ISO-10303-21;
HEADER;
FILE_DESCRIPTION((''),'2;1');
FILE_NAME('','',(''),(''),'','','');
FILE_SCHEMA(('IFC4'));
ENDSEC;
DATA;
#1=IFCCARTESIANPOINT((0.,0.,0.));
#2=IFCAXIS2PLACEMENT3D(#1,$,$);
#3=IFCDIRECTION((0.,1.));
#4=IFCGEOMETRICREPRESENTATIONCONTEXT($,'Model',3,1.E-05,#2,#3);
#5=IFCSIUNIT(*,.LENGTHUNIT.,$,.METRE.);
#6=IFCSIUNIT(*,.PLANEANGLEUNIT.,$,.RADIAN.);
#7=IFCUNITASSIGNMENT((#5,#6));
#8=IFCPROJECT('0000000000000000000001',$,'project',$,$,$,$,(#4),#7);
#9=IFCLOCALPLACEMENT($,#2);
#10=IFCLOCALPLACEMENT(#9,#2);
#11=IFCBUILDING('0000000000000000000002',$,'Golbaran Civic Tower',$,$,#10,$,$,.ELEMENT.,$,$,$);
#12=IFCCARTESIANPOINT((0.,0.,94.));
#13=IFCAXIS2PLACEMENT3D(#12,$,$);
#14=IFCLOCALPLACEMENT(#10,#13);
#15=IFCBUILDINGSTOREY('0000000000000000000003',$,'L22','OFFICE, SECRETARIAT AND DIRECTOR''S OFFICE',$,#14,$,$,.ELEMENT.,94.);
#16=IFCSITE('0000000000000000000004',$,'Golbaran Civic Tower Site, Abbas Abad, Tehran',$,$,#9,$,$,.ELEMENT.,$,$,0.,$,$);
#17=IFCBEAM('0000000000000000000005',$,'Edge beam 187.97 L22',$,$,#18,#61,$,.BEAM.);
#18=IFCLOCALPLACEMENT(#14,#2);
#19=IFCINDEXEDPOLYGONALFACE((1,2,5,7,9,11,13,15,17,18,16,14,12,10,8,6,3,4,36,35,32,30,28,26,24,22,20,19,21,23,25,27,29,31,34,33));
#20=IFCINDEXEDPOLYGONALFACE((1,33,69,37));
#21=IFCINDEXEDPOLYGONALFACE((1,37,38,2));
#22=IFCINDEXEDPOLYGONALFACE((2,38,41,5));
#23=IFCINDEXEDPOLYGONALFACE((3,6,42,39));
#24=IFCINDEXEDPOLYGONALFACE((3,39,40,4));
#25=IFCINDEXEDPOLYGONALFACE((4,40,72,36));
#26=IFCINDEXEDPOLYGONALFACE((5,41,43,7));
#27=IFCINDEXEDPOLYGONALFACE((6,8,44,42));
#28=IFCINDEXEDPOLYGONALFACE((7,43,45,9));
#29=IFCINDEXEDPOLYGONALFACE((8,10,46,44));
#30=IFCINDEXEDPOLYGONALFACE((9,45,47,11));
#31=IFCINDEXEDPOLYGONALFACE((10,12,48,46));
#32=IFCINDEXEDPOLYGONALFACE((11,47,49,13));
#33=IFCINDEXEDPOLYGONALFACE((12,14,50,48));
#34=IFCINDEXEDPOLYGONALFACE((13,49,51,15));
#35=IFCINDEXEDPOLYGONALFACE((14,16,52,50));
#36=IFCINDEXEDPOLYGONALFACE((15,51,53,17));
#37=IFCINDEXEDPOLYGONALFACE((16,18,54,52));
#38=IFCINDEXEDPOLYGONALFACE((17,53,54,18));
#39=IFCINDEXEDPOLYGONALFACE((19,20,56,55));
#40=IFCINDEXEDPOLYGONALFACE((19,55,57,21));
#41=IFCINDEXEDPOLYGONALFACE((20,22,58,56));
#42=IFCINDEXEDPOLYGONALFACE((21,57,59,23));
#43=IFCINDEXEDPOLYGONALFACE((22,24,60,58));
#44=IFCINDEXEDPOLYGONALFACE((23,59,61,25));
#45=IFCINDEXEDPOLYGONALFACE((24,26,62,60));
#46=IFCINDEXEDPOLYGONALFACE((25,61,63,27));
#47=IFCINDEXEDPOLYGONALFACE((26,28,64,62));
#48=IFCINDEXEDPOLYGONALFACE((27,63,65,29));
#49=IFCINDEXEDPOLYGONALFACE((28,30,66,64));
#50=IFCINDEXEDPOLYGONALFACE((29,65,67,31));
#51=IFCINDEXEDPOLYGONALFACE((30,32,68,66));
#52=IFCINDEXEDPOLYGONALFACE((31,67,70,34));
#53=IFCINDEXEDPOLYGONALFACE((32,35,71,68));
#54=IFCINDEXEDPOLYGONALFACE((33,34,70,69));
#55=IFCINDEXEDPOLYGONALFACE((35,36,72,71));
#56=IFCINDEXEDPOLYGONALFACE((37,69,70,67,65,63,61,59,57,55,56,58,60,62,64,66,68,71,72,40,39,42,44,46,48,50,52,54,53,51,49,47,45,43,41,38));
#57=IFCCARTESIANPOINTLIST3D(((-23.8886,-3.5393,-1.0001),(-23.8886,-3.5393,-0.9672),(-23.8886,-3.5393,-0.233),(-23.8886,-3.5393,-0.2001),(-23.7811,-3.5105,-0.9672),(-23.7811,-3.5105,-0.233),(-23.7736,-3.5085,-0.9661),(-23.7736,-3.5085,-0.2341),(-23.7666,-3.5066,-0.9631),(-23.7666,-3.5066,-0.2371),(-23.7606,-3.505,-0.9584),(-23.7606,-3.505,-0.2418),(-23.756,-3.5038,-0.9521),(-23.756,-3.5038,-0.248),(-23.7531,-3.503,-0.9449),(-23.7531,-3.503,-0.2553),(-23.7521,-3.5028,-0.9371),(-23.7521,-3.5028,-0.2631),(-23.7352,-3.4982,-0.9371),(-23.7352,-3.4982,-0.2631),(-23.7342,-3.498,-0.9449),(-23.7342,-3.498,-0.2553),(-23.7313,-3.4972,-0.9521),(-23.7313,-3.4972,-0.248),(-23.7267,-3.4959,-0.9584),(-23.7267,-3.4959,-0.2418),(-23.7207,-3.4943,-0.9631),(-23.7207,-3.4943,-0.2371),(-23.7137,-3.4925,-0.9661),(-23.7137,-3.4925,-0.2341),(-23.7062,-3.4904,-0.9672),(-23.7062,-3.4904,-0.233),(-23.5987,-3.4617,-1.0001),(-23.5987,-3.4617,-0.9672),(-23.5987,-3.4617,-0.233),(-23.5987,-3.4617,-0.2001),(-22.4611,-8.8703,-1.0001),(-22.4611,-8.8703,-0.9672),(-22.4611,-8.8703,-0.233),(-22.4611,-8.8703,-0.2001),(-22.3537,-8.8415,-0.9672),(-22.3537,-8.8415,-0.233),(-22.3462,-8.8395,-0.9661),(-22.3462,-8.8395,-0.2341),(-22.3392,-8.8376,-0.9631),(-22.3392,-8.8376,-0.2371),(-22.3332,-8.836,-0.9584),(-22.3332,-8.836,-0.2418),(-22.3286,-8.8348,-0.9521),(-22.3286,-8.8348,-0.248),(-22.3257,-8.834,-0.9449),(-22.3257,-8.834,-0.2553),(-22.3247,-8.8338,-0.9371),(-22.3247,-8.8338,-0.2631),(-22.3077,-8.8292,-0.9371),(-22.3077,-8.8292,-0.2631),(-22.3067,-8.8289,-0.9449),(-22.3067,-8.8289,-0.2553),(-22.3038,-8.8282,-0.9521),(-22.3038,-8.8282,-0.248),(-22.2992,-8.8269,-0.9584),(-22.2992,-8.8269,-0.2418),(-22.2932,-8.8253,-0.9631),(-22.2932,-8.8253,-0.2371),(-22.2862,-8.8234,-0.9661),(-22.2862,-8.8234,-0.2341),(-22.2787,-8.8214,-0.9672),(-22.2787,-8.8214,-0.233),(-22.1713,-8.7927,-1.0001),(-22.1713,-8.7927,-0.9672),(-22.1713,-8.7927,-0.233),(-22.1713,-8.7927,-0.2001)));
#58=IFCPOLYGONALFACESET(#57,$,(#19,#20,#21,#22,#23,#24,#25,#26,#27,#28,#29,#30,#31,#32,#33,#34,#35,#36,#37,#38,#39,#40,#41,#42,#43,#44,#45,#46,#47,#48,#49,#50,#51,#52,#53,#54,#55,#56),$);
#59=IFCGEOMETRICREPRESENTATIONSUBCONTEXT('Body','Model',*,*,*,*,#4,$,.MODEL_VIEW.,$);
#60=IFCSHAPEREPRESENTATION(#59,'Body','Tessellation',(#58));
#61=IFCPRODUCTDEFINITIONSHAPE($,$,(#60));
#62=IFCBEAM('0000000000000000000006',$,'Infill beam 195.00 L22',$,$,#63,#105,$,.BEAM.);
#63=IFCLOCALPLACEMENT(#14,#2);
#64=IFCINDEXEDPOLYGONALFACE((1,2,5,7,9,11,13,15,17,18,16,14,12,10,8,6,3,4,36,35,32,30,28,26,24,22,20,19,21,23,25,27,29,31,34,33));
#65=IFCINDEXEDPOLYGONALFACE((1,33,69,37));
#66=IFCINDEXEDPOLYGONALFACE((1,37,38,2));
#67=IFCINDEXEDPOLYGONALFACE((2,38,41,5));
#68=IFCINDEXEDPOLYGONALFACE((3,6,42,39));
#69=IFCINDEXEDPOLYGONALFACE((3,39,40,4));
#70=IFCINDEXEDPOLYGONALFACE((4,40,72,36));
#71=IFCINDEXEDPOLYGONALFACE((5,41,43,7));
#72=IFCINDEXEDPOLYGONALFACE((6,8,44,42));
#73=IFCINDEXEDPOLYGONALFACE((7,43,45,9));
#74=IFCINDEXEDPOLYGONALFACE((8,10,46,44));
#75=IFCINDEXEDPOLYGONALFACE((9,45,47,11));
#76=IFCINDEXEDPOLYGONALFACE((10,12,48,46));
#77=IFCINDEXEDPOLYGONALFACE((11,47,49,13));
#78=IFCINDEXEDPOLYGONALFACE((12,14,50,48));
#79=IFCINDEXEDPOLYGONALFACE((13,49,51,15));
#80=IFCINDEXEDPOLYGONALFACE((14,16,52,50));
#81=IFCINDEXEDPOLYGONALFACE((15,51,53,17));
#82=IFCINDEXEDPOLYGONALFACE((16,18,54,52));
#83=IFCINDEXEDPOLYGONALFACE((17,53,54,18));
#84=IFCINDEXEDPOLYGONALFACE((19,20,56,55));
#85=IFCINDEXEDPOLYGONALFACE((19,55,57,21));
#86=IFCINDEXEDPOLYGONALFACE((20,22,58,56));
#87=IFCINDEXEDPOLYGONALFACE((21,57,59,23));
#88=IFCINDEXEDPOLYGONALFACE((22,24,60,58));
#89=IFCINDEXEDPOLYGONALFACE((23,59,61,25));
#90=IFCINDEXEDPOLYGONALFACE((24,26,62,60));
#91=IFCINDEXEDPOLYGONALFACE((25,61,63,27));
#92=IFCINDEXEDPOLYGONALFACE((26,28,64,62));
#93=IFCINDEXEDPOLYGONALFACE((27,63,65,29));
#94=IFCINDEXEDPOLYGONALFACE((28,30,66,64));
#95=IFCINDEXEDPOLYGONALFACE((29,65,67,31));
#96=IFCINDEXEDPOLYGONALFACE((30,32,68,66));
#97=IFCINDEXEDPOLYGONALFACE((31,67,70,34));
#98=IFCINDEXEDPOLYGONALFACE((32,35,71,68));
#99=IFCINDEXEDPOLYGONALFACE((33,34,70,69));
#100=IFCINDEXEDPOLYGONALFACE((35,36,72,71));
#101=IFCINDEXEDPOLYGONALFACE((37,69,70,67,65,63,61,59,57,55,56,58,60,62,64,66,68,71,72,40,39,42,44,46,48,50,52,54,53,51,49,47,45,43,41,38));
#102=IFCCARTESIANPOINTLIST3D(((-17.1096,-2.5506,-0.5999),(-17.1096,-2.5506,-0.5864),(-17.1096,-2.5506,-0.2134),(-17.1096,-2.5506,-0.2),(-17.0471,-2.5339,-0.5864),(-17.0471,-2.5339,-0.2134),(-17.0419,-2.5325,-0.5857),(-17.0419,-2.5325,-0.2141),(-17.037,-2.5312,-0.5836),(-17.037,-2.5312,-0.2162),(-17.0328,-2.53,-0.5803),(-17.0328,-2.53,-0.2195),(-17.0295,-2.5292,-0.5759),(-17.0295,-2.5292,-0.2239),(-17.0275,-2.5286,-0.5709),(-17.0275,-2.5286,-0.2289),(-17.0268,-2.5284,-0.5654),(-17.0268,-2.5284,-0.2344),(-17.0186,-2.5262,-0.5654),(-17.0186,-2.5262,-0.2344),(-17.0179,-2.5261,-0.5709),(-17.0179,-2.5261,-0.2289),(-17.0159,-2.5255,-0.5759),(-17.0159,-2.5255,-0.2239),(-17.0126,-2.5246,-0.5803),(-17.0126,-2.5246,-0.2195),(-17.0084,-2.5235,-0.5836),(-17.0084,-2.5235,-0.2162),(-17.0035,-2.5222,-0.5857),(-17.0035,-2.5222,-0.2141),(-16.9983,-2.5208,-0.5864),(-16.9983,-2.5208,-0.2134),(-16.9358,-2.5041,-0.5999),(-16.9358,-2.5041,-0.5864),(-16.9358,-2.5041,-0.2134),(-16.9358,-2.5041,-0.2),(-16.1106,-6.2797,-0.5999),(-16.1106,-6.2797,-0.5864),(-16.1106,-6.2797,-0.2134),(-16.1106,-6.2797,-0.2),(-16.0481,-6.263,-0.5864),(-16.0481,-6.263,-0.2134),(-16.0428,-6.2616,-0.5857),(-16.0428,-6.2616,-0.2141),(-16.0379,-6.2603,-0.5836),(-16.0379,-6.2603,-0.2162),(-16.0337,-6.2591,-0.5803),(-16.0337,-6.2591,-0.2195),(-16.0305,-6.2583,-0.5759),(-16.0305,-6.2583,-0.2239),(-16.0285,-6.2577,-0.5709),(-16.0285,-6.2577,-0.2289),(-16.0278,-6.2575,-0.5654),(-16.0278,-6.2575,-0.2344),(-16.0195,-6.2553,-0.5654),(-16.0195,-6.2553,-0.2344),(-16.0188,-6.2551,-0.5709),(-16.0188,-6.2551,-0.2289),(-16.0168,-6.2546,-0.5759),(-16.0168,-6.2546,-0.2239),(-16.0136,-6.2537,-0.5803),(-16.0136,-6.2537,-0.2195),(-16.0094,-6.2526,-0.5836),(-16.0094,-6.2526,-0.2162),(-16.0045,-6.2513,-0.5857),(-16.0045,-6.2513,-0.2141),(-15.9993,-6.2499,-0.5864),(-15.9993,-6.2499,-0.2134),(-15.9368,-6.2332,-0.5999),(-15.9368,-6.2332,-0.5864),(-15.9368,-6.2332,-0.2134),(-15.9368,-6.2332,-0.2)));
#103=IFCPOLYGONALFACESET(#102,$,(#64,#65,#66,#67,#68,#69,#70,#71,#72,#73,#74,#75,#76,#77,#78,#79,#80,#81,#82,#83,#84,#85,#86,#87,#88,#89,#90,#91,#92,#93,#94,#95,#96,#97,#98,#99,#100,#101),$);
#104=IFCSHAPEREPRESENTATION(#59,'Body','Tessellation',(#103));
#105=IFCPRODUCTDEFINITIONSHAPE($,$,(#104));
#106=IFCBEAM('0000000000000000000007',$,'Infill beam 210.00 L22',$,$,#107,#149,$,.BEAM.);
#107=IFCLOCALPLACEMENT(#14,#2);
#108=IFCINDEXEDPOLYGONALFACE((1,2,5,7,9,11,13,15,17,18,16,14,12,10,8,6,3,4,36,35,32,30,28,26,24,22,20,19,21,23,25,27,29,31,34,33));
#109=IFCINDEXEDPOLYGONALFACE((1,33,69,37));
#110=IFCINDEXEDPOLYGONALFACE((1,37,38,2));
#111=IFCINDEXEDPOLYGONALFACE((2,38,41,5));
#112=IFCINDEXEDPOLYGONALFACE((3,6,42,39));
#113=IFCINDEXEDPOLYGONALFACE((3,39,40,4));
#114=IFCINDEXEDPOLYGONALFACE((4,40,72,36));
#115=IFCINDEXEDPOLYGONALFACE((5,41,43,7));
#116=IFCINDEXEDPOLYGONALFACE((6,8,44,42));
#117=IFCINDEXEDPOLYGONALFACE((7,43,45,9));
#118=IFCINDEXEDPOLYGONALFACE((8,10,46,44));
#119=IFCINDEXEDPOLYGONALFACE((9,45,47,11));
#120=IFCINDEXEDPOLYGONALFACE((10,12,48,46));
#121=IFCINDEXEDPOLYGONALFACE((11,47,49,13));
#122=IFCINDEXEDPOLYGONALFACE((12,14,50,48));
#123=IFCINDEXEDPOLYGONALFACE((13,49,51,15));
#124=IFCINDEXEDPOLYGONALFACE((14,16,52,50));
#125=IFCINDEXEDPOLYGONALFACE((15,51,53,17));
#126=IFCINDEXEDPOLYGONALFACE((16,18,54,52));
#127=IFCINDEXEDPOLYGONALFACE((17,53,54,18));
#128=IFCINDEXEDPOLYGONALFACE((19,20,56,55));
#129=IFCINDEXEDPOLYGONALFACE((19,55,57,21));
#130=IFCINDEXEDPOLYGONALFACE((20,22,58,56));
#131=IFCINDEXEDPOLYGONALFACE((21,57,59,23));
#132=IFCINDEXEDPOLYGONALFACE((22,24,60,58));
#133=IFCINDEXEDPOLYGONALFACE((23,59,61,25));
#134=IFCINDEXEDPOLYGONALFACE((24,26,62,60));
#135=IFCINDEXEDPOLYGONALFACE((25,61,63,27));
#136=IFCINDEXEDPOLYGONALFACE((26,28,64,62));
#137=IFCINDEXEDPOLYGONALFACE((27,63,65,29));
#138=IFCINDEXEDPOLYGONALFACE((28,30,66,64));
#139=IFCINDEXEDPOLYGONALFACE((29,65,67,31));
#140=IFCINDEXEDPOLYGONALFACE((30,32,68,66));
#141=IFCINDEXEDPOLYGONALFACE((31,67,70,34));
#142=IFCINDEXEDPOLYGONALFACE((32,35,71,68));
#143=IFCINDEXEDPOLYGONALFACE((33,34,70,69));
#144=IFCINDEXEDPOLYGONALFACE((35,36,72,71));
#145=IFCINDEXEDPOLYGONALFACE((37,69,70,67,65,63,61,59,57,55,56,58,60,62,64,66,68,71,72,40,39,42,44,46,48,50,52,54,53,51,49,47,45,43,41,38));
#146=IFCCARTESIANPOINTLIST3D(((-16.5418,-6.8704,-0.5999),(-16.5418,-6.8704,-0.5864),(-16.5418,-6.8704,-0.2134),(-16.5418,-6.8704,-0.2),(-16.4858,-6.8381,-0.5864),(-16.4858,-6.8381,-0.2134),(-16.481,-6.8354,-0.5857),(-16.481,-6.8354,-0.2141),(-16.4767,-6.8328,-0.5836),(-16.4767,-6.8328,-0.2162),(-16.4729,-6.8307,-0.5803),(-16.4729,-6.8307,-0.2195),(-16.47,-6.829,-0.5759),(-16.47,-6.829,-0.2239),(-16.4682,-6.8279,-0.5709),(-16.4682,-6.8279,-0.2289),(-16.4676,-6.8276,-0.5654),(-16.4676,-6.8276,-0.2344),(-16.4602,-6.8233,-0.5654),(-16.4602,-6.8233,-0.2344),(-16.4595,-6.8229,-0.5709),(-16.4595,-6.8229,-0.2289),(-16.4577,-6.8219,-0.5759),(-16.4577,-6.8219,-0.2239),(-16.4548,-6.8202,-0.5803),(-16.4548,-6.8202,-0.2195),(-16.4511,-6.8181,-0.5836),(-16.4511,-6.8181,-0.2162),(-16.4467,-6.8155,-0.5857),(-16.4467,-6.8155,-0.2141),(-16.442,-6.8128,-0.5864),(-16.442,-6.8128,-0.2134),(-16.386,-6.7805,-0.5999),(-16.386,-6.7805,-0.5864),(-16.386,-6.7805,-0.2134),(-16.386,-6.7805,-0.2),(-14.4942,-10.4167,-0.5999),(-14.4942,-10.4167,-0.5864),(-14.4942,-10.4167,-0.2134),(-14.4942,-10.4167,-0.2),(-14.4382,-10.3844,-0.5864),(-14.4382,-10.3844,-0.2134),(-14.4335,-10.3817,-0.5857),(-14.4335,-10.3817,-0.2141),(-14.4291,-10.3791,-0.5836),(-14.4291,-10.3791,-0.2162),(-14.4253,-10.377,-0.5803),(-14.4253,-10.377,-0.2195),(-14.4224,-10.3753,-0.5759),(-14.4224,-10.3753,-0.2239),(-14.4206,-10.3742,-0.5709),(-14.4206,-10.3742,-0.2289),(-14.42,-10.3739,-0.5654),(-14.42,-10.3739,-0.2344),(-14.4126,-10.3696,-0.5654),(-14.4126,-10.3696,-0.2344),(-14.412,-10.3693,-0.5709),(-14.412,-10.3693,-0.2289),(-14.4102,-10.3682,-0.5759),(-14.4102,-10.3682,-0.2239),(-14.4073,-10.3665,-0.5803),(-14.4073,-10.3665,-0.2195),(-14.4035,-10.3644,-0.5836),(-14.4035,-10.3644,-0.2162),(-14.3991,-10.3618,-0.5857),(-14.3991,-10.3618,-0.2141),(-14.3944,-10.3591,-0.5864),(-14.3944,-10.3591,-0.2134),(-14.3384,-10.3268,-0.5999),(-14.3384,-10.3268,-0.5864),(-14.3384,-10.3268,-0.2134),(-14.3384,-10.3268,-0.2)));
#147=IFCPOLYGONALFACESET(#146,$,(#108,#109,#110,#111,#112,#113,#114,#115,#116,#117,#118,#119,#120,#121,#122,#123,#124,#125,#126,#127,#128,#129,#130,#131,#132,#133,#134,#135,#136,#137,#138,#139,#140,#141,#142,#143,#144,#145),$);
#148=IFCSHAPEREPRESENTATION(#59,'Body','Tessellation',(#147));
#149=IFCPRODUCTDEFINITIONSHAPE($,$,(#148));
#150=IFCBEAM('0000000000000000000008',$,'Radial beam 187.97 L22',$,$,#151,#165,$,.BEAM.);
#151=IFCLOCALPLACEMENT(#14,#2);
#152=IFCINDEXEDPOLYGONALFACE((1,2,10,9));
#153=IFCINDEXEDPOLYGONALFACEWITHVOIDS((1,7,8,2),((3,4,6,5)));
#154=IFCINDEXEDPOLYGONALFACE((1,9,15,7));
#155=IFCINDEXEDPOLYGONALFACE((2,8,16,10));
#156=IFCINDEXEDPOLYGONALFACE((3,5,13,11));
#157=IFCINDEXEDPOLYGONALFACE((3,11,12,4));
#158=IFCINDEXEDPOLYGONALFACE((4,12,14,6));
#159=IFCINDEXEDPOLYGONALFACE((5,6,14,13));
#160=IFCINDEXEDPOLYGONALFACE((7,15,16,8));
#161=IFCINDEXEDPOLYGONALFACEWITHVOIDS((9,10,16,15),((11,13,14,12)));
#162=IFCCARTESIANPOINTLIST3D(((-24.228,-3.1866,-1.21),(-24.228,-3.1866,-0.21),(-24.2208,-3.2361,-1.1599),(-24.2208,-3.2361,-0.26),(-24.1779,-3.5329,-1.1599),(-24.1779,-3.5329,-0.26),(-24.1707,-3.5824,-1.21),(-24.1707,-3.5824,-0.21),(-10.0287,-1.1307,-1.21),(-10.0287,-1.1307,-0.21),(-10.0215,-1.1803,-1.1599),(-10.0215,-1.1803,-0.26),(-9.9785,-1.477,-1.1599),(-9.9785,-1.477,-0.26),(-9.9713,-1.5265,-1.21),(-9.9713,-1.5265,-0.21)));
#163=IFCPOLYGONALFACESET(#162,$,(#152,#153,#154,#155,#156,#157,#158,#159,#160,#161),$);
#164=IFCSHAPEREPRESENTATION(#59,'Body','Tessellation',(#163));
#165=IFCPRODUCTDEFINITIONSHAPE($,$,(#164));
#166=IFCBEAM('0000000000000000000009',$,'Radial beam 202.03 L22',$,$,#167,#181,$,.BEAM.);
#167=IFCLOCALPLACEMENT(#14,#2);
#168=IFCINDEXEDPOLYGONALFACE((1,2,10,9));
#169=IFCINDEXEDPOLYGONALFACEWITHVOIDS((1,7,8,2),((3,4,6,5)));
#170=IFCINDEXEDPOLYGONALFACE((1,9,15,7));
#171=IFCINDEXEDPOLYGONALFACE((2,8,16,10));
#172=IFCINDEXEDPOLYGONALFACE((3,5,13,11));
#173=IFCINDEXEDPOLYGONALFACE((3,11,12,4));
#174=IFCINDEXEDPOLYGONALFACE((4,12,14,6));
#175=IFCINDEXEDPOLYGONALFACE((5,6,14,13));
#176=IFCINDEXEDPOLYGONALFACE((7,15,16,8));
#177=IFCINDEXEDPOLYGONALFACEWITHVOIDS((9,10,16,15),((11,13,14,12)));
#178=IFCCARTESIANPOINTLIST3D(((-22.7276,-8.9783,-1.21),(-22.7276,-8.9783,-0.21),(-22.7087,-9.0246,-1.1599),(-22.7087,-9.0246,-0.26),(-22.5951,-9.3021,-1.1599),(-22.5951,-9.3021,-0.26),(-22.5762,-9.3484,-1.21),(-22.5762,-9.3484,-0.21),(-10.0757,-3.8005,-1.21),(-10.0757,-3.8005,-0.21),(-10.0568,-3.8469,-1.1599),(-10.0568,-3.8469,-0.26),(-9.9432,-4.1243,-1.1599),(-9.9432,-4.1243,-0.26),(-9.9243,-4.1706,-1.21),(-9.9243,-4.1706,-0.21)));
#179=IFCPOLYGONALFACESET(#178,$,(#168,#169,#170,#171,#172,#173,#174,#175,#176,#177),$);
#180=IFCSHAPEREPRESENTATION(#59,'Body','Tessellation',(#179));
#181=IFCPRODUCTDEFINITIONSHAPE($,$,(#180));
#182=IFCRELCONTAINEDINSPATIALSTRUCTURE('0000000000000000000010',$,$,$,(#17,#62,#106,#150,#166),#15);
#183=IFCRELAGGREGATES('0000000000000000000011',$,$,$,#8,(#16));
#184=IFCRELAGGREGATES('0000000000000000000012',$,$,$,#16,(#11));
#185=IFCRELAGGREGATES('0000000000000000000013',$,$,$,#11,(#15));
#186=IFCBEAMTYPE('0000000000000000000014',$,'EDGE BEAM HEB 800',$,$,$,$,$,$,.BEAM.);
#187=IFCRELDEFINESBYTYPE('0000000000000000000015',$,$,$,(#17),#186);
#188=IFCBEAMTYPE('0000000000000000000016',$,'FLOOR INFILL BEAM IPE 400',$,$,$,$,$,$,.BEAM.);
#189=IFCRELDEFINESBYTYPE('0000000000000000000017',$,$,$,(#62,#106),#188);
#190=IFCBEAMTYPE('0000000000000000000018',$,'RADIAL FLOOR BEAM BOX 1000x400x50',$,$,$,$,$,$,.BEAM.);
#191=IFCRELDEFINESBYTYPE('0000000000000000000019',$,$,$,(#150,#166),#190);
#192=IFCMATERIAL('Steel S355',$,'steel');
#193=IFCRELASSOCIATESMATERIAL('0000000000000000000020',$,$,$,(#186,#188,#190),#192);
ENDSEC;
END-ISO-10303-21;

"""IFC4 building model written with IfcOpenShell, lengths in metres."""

from ifc_helpers import new_model, si_unit, direction, frame, origin, origin_2d, place, context, subcontext, project, spatial, hollow_rectangle, i_section, extrude, material, material_profile, profile_set, type_object, element, save


model = new_model("IFC4")

# Units and contexts
model_context = context("Model", 3, precision=1e-05, world=origin(), true_north=direction((0.0, 1.0)))
body_context = subcontext(model_context, "Body", "Model", "MODEL_VIEW")
ifc_project = project(units=[si_unit("LENGTHUNIT", "METRE"), si_unit("PLANEANGLEUNIT", "RADIAN")], contexts=[model_context])

# Site, building, storey
site_placement = place(None, origin())
site = spatial("IfcSite", under=ifc_project, at=site_placement, Name="Golbaran Civic Tower Site, Abbas Abad, Tehran", CompositionType="ELEMENT", RefElevation=0.0)
building_placement = place(site_placement, origin())
building = spatial("IfcBuilding", under=site, at=building_placement, Name="Golbaran Civic Tower", CompositionType="ELEMENT")
storey_placement = place(building_placement, frame((0.0, 0.0, 94.0)))
storey = spatial("IfcBuildingStorey", under=building, at=storey_placement, Name="L22", Description="OFFICE, SECRETARIAT AND DIRECTOR'S OFFICE", CompositionType="ELEMENT", Elevation=94.0)

# Beams
ifc_material_1 = material(Name="Steel S355", Category="steel")
ifc_material_profile_1 = material_profile(ifc_material_1, i_section(OverallWidth=0.3, OverallDepth=0.8, WebThickness=0.0176, FlangeThickness=0.033, FilletRadius=0.03, at=origin_2d()), Name="HEB 800")
ifc_profile_set_1 = profile_set([ifc_material_profile_1], Name="Steel S355")
beam_type_1 = type_object("IfcBeamType", Name="EDGE BEAM HEB 800", PredefinedType="BEAM", material=ifc_profile_set_1)
beam_1_placement = place(storey_placement, frame((-23.7437, -3.5005, -0.6001), z_axis=(0.258656, -0.965969, 0.0), x_axis=(0.965969, 0.258656, 0.0)))
element("IfcBeam", 1, at=beam_1_placement, inside=storey, type_object=beam_type_1, Name="Edge beam 187.97 L22", PredefinedType="BEAM", context=body_context, shape_type="SweptSolid", body=[
    extrude(i_section(OverallWidth=0.3, OverallDepth=0.8, WebThickness=0.0176, FlangeThickness=0.033, FilletRadius=0.03, at=origin_2d()), origin(), (0.0, 0.0, 1.0), 5.5188),
])
ifc_material_profile_2 = material_profile(ifc_material_1, i_section(OverallWidth=0.1799, OverallDepth=0.3999, WebThickness=0.0085, FlangeThickness=0.0134, FilletRadius=0.021, at=origin_2d()), Name="IPE 400")
ifc_profile_set_2 = profile_set([ifc_material_profile_2], Name="Steel S355")
beam_type_2 = type_object("IfcBeamType", Name="FLOOR INFILL BEAM IPE 400", PredefinedType="BEAM", material=ifc_profile_set_2)
beam_2_placement = place(storey_placement, frame((-17.0227, -2.5273, -0.3999), z_axis=(0.25878, -0.965936, 0.0), x_axis=(0.965936, 0.25878, 0.0)))
element("IfcBeam", 2, at=beam_2_placement, inside=storey, type_object=beam_type_2, Name="Infill beam 195.00 L22", PredefinedType="BEAM", context=body_context, shape_type="SweptSolid", body=[
    extrude(i_section(OverallWidth=0.1799, OverallDepth=0.3999, WebThickness=0.0085, FlangeThickness=0.0134, FilletRadius=0.021, at=origin_2d()), origin(), (0.0, 0.0, 1.0), 3.8606),
])
beam_3_placement = place(storey_placement, frame((-16.4639, -6.8254, -0.3999), z_axis=(0.500018, -0.866015, 0.0), x_axis=(0.866015, 0.500018, 0.0)))
element("IfcBeam", 3, at=beam_3_placement, inside=storey, type_object=beam_type_2, Name="Infill beam 210.00 L22", PredefinedType="BEAM", context=body_context, shape_type="SweptSolid", body=[
    extrude(i_section(OverallWidth=0.1799, OverallDepth=0.3999, WebThickness=0.0085, FlangeThickness=0.0134, FilletRadius=0.021, at=origin_2d()), origin(), (0.0, 0.0, 1.0), 4.095),
])
ifc_material_profile_3 = material_profile(ifc_material_1, hollow_rectangle(XDim=0.3999, YDim=1.0, WallThickness=0.05, at=origin_2d()), Name="BOX 1000x400x50")
ifc_profile_set_3 = profile_set([ifc_material_profile_3], Name="Steel S355")
beam_type_3 = type_object("IfcBeamType", Name="RADIAL FLOOR BEAM BOX 1000x400x50", PredefinedType="BEAM", material=ifc_profile_set_3)
beam_4_placement = place(storey_placement, frame((-10.0, -1.3286, -0.71), z_axis=(-0.98968, -0.143294, 0.0), x_axis=(0.143294, -0.98968, 0.0)))
element("IfcBeam", 4, at=beam_4_placement, inside=storey, type_object=beam_type_3, Name="Radial beam 187.97 L22", PredefinedType="BEAM", context=body_context, shape_type="SweptSolid", body=[
    extrude(hollow_rectangle(XDim=0.3999, YDim=1.0, WallThickness=0.05, at=origin_2d()), origin(), (0.0, 0.0, 1.0), 14.3474),
])
beam_5_placement = place(storey_placement, frame((-10.0, -3.9856, -0.71), z_axis=(-0.925496, -0.378757, 0.0), x_axis=(0.378757, -0.925496, 0.0)))
element("IfcBeam", 5, at=beam_5_placement, inside=storey, type_object=beam_type_3, Name="Radial beam 202.03 L22", PredefinedType="BEAM", context=body_context, shape_type="SweptSolid", body=[
    extrude(hollow_rectangle(XDim=0.3999, YDim=1.0, WallThickness=0.05, at=origin_2d()), origin(), (0.0, 0.0, 1.0), 13.6704),
])

save(model, "model.ifc")
